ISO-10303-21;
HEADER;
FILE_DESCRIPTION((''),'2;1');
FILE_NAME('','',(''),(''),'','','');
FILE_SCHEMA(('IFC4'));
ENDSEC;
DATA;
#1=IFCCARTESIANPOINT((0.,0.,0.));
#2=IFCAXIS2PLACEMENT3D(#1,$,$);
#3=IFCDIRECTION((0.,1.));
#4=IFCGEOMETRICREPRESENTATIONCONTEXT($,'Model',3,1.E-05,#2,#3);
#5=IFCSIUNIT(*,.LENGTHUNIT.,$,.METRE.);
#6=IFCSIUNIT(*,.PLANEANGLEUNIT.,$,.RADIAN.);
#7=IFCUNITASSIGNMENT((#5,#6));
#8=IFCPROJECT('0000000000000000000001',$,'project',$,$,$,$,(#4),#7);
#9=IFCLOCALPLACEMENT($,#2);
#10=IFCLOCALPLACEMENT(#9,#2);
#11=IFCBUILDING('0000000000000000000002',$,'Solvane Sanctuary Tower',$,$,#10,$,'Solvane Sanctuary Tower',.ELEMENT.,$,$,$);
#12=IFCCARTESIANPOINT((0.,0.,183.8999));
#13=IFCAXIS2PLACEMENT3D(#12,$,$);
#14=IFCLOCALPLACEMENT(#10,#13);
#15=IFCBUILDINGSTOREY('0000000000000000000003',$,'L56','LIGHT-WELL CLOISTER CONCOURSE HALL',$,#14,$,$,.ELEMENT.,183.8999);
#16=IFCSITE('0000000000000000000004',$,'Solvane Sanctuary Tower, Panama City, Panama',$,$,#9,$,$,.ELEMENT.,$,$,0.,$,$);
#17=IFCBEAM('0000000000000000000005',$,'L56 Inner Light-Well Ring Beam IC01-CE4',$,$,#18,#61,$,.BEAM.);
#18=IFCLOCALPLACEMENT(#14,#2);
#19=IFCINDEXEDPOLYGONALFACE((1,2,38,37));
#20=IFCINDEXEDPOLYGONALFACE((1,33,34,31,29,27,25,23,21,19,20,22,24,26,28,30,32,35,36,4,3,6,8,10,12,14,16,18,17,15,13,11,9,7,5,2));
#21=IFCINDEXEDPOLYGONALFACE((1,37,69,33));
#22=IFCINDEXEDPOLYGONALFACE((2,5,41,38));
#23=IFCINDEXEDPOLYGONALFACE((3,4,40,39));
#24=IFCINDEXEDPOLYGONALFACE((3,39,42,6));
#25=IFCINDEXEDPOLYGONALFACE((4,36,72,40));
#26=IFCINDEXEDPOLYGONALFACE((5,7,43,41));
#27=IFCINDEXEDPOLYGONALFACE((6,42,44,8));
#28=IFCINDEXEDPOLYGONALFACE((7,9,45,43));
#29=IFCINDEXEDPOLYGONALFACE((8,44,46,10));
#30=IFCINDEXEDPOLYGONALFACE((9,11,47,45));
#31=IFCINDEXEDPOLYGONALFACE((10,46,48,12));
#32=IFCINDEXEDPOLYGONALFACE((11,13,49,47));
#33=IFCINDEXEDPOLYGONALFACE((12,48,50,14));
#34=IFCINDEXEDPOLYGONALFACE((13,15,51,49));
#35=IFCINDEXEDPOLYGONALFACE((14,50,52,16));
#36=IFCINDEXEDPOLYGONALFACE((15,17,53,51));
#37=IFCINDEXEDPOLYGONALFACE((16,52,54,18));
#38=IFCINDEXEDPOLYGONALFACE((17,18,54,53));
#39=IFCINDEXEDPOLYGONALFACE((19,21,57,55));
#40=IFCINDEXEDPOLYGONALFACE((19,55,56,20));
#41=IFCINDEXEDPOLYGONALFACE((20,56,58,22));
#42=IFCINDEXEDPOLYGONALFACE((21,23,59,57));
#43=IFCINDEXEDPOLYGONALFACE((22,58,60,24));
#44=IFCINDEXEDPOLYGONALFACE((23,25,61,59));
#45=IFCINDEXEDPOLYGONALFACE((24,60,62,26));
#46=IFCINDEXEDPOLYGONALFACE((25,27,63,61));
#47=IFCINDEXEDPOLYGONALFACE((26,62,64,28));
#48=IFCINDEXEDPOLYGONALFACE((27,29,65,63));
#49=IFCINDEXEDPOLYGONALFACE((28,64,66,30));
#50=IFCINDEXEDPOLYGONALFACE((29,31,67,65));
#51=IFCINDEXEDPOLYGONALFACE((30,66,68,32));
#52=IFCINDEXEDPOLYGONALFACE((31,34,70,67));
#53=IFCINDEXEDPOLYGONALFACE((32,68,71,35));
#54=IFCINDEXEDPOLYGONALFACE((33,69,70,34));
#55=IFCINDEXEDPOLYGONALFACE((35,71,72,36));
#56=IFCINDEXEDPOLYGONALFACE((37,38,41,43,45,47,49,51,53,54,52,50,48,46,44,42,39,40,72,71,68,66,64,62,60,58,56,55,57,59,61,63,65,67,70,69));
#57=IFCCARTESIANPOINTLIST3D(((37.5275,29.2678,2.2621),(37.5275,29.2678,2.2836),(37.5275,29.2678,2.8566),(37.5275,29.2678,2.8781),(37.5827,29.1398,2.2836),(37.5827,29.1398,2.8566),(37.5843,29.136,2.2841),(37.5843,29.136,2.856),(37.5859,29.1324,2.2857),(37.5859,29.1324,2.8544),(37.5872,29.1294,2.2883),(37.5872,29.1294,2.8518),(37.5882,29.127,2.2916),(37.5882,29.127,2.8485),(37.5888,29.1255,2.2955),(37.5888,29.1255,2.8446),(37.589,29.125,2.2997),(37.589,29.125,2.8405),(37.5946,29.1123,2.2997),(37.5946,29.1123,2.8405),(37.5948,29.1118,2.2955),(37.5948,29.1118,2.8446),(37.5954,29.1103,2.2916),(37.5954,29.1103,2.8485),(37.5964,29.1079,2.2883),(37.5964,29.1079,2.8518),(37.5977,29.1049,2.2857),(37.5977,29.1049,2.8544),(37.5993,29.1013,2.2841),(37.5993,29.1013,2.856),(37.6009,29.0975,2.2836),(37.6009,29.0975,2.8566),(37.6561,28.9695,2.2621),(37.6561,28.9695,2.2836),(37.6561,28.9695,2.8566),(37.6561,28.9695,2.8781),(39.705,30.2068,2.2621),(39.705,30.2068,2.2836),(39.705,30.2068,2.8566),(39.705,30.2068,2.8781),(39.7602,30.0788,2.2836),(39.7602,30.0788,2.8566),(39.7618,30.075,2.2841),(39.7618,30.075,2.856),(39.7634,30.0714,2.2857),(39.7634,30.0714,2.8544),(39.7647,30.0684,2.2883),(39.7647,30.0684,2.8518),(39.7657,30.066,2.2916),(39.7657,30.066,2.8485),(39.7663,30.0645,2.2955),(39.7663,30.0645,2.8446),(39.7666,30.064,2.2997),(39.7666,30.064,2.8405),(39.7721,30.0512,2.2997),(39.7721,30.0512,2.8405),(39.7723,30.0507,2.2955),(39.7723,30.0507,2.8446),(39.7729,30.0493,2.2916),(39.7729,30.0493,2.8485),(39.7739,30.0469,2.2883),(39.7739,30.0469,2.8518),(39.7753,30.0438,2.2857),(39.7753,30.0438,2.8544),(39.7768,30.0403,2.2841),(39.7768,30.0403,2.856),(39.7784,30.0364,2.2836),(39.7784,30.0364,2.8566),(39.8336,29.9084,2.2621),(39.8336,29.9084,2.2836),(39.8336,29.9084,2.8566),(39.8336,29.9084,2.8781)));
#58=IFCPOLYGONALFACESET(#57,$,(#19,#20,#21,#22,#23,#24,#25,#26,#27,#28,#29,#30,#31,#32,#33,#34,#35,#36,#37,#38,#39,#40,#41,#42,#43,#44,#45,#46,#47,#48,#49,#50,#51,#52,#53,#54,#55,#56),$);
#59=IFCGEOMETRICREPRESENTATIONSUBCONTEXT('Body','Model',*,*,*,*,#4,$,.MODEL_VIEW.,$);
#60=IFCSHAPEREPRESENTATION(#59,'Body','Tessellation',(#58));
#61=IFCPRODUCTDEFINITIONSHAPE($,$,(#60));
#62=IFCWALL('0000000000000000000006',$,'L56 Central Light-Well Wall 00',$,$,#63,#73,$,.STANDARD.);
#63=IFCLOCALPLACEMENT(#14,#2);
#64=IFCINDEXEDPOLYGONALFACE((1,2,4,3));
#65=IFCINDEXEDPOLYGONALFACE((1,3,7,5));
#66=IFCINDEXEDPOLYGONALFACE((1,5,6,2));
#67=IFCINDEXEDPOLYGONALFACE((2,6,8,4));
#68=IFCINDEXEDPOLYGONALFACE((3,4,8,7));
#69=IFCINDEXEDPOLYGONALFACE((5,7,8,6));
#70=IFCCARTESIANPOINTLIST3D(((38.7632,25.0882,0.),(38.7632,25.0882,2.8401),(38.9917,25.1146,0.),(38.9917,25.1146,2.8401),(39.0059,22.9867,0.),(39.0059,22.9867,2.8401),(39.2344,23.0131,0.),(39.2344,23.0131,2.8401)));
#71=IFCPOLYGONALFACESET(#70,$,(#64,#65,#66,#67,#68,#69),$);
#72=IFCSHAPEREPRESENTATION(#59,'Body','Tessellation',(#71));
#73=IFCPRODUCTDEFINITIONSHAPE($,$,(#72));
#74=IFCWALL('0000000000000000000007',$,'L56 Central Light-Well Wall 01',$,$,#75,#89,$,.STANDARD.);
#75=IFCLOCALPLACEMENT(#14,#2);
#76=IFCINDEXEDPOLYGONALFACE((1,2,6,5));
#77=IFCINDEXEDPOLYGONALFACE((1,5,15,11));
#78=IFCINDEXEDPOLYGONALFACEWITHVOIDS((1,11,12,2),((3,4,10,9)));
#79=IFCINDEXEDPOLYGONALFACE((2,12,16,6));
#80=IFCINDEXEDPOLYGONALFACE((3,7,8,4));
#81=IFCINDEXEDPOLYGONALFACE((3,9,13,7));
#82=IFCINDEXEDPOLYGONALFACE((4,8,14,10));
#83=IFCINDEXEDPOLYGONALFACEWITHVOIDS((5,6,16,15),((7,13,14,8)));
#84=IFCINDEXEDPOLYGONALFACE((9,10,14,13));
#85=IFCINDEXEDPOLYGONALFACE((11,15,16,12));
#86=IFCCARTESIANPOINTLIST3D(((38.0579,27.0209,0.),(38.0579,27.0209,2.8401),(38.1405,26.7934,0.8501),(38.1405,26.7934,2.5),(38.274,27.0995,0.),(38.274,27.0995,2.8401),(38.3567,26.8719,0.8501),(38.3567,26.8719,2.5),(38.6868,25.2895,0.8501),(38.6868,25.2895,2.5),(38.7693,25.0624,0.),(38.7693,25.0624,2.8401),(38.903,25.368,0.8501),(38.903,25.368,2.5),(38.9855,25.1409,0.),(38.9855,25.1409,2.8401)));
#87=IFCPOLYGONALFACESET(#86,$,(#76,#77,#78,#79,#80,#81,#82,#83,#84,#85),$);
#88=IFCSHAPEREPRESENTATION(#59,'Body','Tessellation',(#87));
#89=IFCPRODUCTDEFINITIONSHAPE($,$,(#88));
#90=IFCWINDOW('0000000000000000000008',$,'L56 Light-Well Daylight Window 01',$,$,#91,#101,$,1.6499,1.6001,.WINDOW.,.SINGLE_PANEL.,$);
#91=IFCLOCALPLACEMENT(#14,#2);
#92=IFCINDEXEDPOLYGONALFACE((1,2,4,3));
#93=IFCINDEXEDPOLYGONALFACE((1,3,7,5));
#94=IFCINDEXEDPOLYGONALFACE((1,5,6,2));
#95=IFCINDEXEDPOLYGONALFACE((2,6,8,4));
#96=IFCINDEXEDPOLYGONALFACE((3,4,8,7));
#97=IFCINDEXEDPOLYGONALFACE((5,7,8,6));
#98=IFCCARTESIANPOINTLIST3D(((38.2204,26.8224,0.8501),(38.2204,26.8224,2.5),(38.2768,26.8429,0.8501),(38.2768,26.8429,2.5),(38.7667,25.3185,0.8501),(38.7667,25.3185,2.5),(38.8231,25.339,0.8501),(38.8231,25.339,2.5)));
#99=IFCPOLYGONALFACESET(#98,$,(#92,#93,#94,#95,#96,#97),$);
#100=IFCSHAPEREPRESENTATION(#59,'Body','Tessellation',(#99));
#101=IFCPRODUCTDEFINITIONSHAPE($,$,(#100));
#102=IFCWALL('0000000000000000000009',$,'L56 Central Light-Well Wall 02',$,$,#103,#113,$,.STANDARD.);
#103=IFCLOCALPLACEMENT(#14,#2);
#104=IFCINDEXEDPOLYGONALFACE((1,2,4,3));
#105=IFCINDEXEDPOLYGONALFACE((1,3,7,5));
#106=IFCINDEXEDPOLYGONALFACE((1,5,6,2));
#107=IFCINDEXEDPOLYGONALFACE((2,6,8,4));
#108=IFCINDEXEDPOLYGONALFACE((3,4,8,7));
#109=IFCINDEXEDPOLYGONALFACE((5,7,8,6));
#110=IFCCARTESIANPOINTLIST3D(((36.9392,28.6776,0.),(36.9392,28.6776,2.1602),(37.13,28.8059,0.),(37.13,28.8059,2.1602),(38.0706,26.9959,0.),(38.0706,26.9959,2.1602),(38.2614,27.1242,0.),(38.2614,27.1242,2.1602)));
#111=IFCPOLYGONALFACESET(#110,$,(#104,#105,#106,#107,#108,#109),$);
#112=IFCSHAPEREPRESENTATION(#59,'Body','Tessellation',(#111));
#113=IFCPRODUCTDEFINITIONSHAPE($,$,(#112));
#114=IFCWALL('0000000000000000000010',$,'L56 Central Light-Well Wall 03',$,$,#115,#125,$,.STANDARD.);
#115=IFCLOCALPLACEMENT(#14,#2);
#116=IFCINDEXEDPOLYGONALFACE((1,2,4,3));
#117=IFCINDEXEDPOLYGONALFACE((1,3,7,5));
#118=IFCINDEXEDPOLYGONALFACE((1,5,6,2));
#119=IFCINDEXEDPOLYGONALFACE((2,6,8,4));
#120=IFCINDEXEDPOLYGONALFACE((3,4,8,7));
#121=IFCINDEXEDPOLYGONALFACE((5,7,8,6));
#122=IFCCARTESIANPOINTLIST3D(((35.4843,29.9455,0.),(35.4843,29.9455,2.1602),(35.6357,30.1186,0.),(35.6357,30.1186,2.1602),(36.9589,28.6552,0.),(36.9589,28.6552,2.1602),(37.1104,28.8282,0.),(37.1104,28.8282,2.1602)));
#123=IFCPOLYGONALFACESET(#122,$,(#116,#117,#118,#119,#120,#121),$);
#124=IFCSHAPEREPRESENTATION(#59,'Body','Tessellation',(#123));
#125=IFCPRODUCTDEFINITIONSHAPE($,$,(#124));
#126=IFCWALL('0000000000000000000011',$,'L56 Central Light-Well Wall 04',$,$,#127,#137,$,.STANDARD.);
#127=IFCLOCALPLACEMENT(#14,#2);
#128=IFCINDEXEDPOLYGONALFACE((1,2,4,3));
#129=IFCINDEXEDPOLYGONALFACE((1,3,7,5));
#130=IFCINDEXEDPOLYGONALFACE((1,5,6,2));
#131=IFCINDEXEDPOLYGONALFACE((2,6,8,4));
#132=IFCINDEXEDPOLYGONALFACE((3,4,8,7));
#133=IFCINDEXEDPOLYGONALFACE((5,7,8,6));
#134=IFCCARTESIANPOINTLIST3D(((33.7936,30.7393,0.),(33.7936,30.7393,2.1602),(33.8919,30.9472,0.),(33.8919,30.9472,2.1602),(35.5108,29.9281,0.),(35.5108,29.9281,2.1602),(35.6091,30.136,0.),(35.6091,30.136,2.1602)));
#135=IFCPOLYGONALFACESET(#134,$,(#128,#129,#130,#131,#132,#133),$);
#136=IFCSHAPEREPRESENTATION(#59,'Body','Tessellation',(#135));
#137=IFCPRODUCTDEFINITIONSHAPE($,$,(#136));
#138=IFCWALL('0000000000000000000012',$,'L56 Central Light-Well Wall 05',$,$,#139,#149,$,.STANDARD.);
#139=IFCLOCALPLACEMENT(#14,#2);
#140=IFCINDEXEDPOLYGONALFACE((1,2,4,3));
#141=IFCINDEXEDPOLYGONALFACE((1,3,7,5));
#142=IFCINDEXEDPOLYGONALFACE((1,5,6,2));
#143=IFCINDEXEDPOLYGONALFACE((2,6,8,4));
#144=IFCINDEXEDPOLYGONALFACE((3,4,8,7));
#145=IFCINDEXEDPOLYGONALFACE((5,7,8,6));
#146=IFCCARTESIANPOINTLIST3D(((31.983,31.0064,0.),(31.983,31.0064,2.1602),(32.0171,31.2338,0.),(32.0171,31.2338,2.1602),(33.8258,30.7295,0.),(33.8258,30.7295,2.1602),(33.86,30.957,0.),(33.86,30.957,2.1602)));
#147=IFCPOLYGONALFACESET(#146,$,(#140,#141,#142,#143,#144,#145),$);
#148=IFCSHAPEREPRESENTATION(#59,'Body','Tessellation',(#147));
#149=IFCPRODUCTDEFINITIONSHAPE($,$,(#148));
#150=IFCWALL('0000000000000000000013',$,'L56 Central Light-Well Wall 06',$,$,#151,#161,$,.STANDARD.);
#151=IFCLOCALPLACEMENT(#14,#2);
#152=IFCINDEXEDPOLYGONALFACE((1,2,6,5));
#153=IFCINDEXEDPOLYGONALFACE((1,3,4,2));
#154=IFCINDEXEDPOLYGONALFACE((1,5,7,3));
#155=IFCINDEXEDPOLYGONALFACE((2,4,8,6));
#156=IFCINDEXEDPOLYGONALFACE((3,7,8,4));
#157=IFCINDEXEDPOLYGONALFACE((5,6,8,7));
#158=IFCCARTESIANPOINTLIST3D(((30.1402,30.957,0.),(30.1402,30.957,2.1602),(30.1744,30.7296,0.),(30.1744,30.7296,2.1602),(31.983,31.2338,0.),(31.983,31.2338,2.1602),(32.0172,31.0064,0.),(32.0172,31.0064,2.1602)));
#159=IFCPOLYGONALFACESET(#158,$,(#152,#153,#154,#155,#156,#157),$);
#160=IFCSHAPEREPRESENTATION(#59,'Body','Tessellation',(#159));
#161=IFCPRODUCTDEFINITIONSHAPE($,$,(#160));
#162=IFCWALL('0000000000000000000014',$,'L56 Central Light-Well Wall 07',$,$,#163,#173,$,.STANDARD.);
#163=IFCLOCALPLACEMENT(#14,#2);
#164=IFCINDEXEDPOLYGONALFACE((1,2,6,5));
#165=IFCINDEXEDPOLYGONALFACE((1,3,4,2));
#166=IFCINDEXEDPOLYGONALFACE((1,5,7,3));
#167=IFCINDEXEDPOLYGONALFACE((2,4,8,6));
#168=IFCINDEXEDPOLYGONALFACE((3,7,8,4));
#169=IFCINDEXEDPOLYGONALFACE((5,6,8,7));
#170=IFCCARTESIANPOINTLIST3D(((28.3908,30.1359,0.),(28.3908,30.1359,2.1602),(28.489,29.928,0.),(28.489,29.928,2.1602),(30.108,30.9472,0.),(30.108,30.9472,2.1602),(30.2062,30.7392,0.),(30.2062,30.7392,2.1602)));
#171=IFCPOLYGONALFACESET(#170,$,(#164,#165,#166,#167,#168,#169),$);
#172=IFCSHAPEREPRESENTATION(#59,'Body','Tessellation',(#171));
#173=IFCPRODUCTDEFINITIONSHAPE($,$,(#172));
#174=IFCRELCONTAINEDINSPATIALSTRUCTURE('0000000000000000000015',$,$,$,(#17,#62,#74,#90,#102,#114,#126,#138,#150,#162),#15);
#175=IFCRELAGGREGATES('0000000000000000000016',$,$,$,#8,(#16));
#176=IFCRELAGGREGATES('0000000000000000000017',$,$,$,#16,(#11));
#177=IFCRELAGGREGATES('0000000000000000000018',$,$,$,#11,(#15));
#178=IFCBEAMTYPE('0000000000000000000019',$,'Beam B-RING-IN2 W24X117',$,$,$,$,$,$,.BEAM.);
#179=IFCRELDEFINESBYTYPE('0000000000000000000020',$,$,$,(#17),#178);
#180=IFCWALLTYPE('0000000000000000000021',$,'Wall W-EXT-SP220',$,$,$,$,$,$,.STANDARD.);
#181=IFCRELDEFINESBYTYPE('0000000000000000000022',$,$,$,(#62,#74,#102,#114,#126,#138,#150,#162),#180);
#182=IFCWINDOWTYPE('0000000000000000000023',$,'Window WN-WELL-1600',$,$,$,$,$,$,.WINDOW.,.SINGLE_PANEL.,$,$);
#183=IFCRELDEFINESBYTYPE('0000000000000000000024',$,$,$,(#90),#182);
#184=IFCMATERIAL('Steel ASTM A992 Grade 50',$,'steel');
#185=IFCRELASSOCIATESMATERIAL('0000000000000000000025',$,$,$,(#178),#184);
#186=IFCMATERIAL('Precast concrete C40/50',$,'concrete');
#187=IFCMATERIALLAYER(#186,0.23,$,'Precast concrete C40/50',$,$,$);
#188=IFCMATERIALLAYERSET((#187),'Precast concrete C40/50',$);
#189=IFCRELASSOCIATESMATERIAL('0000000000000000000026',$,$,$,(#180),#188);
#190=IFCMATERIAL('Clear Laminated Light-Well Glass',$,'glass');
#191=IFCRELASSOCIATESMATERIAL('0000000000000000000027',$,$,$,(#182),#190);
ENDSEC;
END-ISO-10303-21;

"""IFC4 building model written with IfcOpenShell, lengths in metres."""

from ifc_helpers import new_model, si_unit, direction, frame, frame_2d, origin, origin_2d, place, context, subcontext, project, spatial, rectangle, i_section, extrude, material, layer, layer_set, material_profile, profile_set, type_object, element, fill, save


model = new_model("IFC4")

# Units and contexts
model_context = context("Model", 3, precision=1e-05, world=origin(), true_north=direction((0.0, 1.0)))
body_context = subcontext(model_context, "Body", "Model", "MODEL_VIEW")
ifc_project = project(units=[si_unit("LENGTHUNIT", "METRE"), si_unit("PLANEANGLEUNIT", "RADIAN")], contexts=[model_context])

# Site, building, storey
site_placement = place(None, origin())
site = spatial("IfcSite", under=ifc_project, at=site_placement, Name="Solvane Sanctuary Tower, Panama City, Panama", CompositionType="ELEMENT", RefElevation=0.0)
building_placement = place(site_placement, origin())
building = spatial("IfcBuilding", under=site, at=building_placement, Name="Solvane Sanctuary Tower", LongName="Solvane Sanctuary Tower", CompositionType="ELEMENT")
storey_placement = place(building_placement, frame((0.0, 0.0, 183.8999)))
storey = spatial("IfcBuildingStorey", under=building, at=storey_placement, Name="L56", Description="LIGHT-WELL CLOISTER CONCOURSE HALL", CompositionType="ELEMENT", Elevation=183.8999)

# Beam
ifc_material_1 = material(Name="Steel ASTM A992 Grade 50", Category="steel")
ifc_material_profile_1 = material_profile(ifc_material_1, i_section(OverallWidth=0.325, OverallDepth=0.616, WebThickness=0.0139, FlangeThickness=0.0215, FilletRadius=0.0161, at=origin_2d()), Name="W24X117")
ifc_profile_set_1 = profile_set([ifc_material_profile_1], Name="Steel ASTM A992 Grade 50")
beam_type_1 = type_object("IfcBeamType", Name="Beam B-RING-IN2 W24X117", PredefinedType="BEAM", material=ifc_profile_set_1)
beam_1_placement = place(storey_placement, frame((37.5918, 29.1187, 2.5701), z_axis=(0.918264, 0.395969, 0.0), x_axis=(-0.395969, 0.918264, 0.0)))
element("IfcBeam", 1, at=beam_1_placement, inside=storey, type_object=beam_type_1, Name="L56 Inner Light-Well Ring Beam IC01-CE4", PredefinedType="BEAM", context=body_context, shape_type="SweptSolid", body=[
    extrude(i_section(OverallWidth=0.325, OverallDepth=0.616, WebThickness=0.0139, FlangeThickness=0.0215, FilletRadius=0.0161, at=origin_2d()), origin(), (0.0, 0.0, 1.0), 2.3713),
])

# Wall
ifc_material_2 = material(Name="Precast concrete C40/50", Category="concrete")
ifc_layer = layer(ifc_material_2, 0.23, Name="Precast concrete C40/50")
ifc_layer_set = layer_set([ifc_layer], Name="Precast concrete C40/50")
wall_type = type_object("IfcWallType", Name="Wall W-EXT-SP220", PredefinedType="STANDARD", material=ifc_layer_set)
wall_1_placement = place(storey_placement, frame((39.1201, 23.0, 0.0), z_axis=(0.0, 0.0, 1.0), x_axis=(-0.114712, 0.993399, 0.0)))
element("IfcWall", 2, at=wall_1_placement, inside=storey, type_object=wall_type, Name="L56 Central Light-Well Wall 00", PredefinedType="STANDARD", context=body_context, shape_type="SweptSolid", body=[
    extrude(rectangle(XDim=2.1155, YDim=0.23, at=frame_2d((1.0576, 0.0))), origin(), (0.0, 0.0, 1.0), 2.8401),
])

# Wall, opening, window
wall_2_placement = place(storey_placement, frame((38.8774, 25.1016, 0.0), z_axis=(0.0, 0.0, 1.0), x_axis=(-0.341423, 0.93991, 0.0)))
wall_2 = element("IfcWall", 3, at=wall_2_placement, inside=storey, type_object=wall_type, Name="L56 Central Light-Well Wall 01", PredefinedType="STANDARD", context=body_context, shape_type="SweptSolid", body=[
    extrude(rectangle(XDim=2.0837, YDim=0.23, at=frame_2d((1.042, 0.0))), origin(), (0.0, 0.0, 1.0), 2.8401),
])
opening_placement = place(wall_2_placement, frame((0.2417, 0.0, 0.8501)))
opening = element("IfcOpeningElement", 4, at=opening_placement, cuts=wall_2, PredefinedType="OPENING", context=body_context, shape_type="SweptSolid", body=[
    extrude(rectangle(XDim=1.6001, YDim=1.6499, at=frame_2d((0.8, 0.825))), frame((0.0, 0.125, 0.0), z_axis=(0.0, -1.0, 0.0), x_axis=(1.0, 0.0, 0.0)), (0.0, 0.0, 1.0), 0.25),
])
ifc_material_3 = material(Name="Clear Laminated Light-Well Glass", Category="glass")
window_type = type_object("IfcWindowType", Name="Window WN-WELL-1600", PartitioningType="SINGLE_PANEL", PredefinedType="WINDOW", material=ifc_material_3)
window_placement = place(opening_placement, origin())
window = element("IfcWindow", 5, at=window_placement, inside=storey, type_object=window_type, Name="L56 Light-Well Daylight Window 01", OverallHeight=1.6499, OverallWidth=1.6001, PartitioningType="SINGLE_PANEL", PredefinedType="WINDOW", context=body_context, shape_type="SweptSolid", body=[
    extrude(rectangle(XDim=1.6001, YDim=1.6499, at=frame_2d((0.8, 0.825))), frame((0.0, 0.03, 0.0), z_axis=(0.0, -1.0, 0.0), x_axis=(1.0, 0.0, 0.0)), (0.0, 0.0, 1.0), 0.0601),
])
fill(opening, window)

# Walls
wall_3_placement = place(storey_placement, frame((38.166, 27.0601, 0.0), z_axis=(0.0, 0.0, 1.0), x_axis=(-0.558198, 0.829708, 0.0)))
element("IfcWall", 6, at=wall_3_placement, inside=storey, type_object=wall_type, Name="L56 Central Light-Well Wall 02", PredefinedType="STANDARD", context=body_context, shape_type="SweptSolid", body=[
    extrude(rectangle(XDim=2.0269, YDim=0.23, at=frame_2d((1.0134, 0.0))), origin(), (0.0, 0.0, 1.0), 2.1602),
])
wall_4_placement = place(storey_placement, frame((37.0347, 28.7417, 0.0), z_axis=(0.0, 0.0, 1.0), x_axis=(-0.752577, 0.658505, 0.0)))
element("IfcWall", 7, at=wall_4_placement, inside=storey, type_object=wall_type, Name="L56 Central Light-Well Wall 03", PredefinedType="STANDARD", context=body_context, shape_type="SweptSolid", body=[
    extrude(rectangle(XDim=1.9595, YDim=0.23, at=frame_2d((0.9797, 0.0))), origin(), (0.0, 0.0, 1.0), 2.1602),
])
wall_5_placement = place(storey_placement, frame((35.5601, 30.032, 0.0), z_axis=(0.0, 0.0, 1.0), x_axis=(-0.90418, 0.427152, 0.0)))
element("IfcWall", 8, at=wall_5_placement, inside=storey, type_object=wall_type, Name="L56 Central Light-Well Wall 04", PredefinedType="STANDARD", context=body_context, shape_type="SweptSolid", body=[
    extrude(rectangle(XDim=1.8992, YDim=0.23, at=frame_2d((0.9497, 0.0))), origin(), (0.0, 0.0, 1.0), 2.1602),
])
for number, where, z_axis, x_axis, name in (
    (9, (33.8428, 30.8433, 0.0), (0.0, 0.0, 1.0), (-0.988902, 0.148571, 0.0), "L56 Central Light-Well Wall 05"),
    (10, (32.0, 31.1201, 0.0), (0.0, 0.0, 1.0), (-0.988902, -0.148571, 0.0), "L56 Central Light-Well Wall 06"),
):
    element("IfcWall", number, at=place(storey_placement, frame(where, z_axis=z_axis, x_axis=x_axis)), inside=storey, type_object=wall_type, Name=name, PredefinedType="STANDARD", context=body_context, shape_type="SweptSolid", body=[
        extrude(rectangle(XDim=1.8635, YDim=0.23, at=frame_2d((0.9316, 0.0))), origin(), (0.0, 0.0, 1.0), 2.1602),
    ])
wall_6_placement = place(storey_placement, frame((30.1572, 30.8433, 0.0), z_axis=(0.0, 0.0, 1.0), x_axis=(-0.90418, -0.427152, 0.0)))
element("IfcWall", 11, at=wall_6_placement, inside=storey, type_object=wall_type, Name="L56 Central Light-Well Wall 07", PredefinedType="STANDARD", context=body_context, shape_type="SweptSolid", body=[
    extrude(rectangle(XDim=1.8992, YDim=0.23, at=frame_2d((0.9497, 0.0))), origin(), (0.0, 0.0, 1.0), 2.1602),
])

save(model, "model.ifc")
